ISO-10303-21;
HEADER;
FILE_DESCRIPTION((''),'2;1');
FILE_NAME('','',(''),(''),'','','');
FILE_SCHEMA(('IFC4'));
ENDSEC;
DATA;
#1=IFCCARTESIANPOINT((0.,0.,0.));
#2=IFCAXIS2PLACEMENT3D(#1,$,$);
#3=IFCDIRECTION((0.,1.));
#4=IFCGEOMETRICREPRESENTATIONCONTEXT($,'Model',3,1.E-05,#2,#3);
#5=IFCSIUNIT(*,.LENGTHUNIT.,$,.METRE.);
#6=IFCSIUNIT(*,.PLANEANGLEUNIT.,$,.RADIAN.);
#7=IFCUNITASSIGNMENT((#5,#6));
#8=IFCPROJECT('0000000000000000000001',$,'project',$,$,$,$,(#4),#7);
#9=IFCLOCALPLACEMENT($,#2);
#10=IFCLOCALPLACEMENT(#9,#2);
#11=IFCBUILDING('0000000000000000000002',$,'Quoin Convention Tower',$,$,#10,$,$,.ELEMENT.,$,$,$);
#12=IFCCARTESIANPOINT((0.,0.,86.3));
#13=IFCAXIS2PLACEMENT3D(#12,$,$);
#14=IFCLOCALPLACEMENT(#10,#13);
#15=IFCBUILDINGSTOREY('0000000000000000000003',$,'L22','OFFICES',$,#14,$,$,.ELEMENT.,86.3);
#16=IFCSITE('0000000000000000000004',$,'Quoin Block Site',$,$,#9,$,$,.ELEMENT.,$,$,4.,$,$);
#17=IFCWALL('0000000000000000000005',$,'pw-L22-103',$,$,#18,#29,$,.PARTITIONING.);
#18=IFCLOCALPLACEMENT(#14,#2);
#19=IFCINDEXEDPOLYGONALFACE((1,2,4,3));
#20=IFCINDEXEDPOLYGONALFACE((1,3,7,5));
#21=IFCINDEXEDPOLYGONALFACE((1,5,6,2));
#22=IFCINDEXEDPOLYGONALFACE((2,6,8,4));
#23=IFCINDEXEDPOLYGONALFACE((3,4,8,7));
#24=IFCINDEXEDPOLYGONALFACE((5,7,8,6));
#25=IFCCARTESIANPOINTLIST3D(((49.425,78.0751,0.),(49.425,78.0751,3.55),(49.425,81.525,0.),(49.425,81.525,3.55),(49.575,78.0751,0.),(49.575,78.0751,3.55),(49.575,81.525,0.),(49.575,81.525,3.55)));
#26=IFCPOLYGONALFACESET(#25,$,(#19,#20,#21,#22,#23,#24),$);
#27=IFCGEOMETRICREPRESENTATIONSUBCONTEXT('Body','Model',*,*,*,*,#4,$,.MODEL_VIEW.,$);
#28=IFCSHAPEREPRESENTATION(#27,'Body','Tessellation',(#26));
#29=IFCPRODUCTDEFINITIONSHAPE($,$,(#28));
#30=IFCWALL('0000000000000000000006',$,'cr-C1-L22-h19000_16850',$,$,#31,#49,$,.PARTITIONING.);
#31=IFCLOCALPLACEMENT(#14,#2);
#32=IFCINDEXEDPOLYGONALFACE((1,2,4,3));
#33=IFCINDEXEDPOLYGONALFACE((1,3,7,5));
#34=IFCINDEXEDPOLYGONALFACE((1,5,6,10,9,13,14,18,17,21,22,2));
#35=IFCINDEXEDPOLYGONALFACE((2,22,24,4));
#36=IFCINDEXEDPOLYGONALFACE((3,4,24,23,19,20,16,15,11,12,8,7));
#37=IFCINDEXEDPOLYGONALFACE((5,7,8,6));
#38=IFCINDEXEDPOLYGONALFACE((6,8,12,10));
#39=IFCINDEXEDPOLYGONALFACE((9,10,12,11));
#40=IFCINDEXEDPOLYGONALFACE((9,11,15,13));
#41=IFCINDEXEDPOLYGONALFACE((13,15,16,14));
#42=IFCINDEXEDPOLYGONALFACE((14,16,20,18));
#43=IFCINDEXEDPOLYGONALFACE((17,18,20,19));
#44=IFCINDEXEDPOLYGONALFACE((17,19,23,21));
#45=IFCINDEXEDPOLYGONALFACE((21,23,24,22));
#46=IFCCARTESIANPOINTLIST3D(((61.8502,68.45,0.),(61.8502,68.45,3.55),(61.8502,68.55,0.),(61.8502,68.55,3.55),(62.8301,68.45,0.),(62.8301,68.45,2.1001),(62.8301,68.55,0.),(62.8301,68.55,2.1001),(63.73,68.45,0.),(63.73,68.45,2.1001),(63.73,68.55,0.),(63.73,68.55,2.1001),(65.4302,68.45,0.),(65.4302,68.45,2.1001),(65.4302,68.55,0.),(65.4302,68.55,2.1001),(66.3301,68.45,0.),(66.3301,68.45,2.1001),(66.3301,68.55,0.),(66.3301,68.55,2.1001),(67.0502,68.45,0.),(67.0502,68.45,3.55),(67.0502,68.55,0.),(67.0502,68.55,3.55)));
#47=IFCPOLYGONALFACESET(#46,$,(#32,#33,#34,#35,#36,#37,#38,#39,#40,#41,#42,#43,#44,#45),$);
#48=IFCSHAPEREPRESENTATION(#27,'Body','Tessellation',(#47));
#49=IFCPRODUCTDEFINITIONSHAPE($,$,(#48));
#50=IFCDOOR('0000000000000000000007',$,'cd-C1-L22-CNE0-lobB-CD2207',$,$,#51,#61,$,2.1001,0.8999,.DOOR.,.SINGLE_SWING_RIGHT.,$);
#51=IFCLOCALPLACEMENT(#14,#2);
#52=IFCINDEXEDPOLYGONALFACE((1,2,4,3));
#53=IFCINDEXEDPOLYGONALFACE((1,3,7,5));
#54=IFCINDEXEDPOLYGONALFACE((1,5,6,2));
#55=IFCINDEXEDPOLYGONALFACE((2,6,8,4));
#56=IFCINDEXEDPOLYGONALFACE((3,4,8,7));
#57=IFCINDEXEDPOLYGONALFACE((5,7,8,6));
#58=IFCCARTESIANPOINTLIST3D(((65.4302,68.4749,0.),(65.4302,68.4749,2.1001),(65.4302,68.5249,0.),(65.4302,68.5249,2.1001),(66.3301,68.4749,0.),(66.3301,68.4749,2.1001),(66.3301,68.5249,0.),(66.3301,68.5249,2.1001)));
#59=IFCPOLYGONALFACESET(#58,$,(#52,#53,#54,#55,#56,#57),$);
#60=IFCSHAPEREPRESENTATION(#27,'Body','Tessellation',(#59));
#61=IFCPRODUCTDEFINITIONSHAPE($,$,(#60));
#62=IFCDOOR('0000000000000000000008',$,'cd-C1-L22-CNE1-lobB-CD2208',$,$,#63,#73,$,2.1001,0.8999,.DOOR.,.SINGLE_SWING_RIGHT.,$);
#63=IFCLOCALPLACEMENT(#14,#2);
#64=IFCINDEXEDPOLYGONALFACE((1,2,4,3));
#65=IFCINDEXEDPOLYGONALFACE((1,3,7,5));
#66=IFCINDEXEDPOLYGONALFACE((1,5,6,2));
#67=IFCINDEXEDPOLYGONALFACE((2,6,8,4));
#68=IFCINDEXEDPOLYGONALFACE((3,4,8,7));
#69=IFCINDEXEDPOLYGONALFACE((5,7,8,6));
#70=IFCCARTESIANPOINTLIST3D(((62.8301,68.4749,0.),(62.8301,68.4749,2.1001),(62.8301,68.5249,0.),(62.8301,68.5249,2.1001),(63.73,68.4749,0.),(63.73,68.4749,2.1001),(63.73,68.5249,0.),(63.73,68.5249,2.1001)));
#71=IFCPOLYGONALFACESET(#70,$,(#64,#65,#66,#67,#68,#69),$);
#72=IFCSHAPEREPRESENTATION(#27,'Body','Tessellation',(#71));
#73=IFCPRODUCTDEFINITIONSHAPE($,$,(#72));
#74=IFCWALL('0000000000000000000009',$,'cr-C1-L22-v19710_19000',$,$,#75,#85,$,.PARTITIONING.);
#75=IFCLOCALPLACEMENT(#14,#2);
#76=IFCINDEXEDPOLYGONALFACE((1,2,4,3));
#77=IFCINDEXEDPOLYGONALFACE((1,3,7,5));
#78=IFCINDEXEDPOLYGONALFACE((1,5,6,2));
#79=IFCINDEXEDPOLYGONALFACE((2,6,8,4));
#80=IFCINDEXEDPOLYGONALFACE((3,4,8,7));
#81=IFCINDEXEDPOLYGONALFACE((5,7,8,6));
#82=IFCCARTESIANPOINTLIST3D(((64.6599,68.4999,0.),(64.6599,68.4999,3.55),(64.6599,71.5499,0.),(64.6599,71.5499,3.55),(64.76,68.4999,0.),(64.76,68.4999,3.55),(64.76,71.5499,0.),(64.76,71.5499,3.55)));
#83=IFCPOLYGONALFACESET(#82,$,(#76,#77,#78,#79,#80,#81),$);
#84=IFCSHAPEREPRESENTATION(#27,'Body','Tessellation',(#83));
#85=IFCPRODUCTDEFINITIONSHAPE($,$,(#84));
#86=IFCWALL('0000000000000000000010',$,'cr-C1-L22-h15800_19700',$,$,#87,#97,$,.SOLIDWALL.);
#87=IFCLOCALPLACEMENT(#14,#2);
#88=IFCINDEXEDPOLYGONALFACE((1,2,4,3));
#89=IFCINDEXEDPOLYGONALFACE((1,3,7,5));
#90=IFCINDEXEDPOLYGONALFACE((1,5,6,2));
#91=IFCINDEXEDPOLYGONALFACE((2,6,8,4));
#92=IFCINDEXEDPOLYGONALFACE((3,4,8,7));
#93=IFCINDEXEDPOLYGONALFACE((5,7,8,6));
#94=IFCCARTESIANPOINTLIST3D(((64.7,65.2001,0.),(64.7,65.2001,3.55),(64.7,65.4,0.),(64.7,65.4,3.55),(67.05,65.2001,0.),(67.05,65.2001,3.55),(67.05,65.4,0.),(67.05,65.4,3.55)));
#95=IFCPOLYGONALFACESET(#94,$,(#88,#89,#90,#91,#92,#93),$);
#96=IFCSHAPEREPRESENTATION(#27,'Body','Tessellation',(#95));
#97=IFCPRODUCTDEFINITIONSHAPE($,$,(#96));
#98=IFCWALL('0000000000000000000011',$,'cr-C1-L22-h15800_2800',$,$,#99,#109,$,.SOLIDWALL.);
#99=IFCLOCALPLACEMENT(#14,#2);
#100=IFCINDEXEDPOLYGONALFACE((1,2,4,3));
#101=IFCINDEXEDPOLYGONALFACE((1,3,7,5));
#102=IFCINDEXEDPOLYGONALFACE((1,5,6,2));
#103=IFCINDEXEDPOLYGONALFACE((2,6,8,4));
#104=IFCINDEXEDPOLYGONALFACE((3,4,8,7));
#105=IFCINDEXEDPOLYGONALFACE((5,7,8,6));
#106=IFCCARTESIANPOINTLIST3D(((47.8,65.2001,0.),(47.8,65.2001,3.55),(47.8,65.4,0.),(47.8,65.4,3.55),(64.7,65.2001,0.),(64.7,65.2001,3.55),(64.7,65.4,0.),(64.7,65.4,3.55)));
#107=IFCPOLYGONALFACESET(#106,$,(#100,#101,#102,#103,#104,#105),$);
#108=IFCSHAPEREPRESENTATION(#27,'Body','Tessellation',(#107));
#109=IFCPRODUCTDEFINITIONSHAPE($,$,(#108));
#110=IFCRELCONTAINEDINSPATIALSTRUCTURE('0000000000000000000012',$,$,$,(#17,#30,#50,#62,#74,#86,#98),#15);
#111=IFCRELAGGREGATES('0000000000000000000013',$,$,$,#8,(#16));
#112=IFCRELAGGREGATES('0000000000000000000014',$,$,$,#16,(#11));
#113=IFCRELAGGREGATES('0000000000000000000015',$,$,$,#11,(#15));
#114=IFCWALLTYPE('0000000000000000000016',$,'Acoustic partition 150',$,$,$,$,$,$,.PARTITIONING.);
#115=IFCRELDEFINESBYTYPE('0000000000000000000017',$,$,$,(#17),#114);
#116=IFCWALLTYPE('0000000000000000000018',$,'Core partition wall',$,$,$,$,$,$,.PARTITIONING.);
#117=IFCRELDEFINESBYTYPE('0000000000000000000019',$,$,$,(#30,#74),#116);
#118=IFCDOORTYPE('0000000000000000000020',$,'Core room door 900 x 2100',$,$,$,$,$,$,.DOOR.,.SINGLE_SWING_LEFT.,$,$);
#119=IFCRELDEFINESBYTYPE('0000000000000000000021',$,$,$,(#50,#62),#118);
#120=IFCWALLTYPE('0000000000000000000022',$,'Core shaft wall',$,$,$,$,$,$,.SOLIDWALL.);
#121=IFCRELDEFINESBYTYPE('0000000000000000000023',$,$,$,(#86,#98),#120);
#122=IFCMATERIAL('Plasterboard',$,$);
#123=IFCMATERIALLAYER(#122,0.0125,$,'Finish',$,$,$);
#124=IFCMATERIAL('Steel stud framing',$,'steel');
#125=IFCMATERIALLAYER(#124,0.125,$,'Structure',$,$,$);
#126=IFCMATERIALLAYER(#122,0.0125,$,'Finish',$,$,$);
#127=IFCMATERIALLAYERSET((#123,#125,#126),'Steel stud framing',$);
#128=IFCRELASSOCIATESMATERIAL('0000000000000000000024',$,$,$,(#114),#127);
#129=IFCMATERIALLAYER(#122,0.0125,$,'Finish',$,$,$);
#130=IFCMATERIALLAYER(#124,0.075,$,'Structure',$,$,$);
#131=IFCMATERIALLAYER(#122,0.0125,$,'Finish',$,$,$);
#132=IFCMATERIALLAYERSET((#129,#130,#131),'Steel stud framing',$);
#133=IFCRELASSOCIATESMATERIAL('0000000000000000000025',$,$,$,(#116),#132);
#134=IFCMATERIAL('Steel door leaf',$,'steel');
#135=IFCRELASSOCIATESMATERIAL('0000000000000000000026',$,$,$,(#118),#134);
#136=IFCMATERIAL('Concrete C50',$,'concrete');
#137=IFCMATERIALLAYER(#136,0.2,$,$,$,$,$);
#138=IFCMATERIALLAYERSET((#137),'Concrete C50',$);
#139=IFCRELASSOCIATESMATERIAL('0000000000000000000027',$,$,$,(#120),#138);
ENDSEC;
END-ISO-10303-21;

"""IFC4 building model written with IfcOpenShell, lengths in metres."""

from ifc_helpers import new_model, si_unit, direction, frame, frame_2d, origin, place, context, subcontext, project, spatial, rectangle, extrude, material, layer, layer_set, type_object, element, fill, save


model = new_model("IFC4")

# Units and contexts
model_context = context("Model", 3, precision=1e-05, world=origin(), true_north=direction((0.0, 1.0)))
body_context = subcontext(model_context, "Body", "Model", "MODEL_VIEW")
ifc_project = project(units=[si_unit("LENGTHUNIT", "METRE"), si_unit("PLANEANGLEUNIT", "RADIAN")], contexts=[model_context])

# Site, building, storey
site_placement = place(None, origin())
site = spatial("IfcSite", under=ifc_project, at=site_placement, Name="Quoin Block Site", CompositionType="ELEMENT", RefElevation=4.0)
building_placement = place(site_placement, origin())
building = spatial("IfcBuilding", under=site, at=building_placement, Name="Quoin Convention Tower", CompositionType="ELEMENT")
storey_placement = place(building_placement, frame((0.0, 0.0, 86.3)))
storey = spatial("IfcBuildingStorey", under=building, at=storey_placement, Name="L22", Description="OFFICES", CompositionType="ELEMENT", Elevation=86.3)

# Wall
ifc_material_1 = material(Name="Plasterboard")
ifc_layer_1 = layer(ifc_material_1, 0.0125, Name="Finish")
ifc_material_2 = material(Name="Steel stud framing", Category="steel")
ifc_layer_2 = layer(ifc_material_2, 0.125, Name="Structure")
ifc_layer_3 = layer(ifc_material_1, 0.0125, Name="Finish")
ifc_layer_set_1 = layer_set([ifc_layer_1, ifc_layer_2, ifc_layer_3], Name="Steel stud framing")
wall_type_1 = type_object("IfcWallType", Name="Acoustic partition 150", PredefinedType="PARTITIONING", material=ifc_layer_set_1)
wall_1_placement = place(storey_placement, frame((49.5, 78.075, 0.0), z_axis=(0.0, 0.0, 1.0), x_axis=(0.0, 1.0, 0.0)))
element("IfcWall", 1, at=wall_1_placement, inside=storey, type_object=wall_type_1, Name="pw-L22-103", PredefinedType="PARTITIONING", context=body_context, shape_type="SweptSolid", body=[
    extrude(rectangle(XDim=3.45, YDim=0.1499, at=frame_2d((1.7251, 0.0))), origin(), (0.0, 0.0, 1.0), 3.55),
])

# Wall, openings, doors
ifc_layer_4 = layer(ifc_material_1, 0.0125, Name="Finish")
ifc_layer_5 = layer(ifc_material_2, 0.075, Name="Structure")
ifc_layer_6 = layer(ifc_material_1, 0.0125, Name="Finish")
ifc_layer_set_2 = layer_set([ifc_layer_4, ifc_layer_5, ifc_layer_6], Name="Steel stud framing")
wall_type_2 = type_object("IfcWallType", Name="Core partition wall", PredefinedType="PARTITIONING", material=ifc_layer_set_2)
wall_2_placement = place(storey_placement, frame((61.8501, 68.5, 0.0), z_axis=(0.0, 0.0, 1.0), x_axis=(1.0, 0.0, 0.0)))
wall_2 = element("IfcWall", 2, at=wall_2_placement, inside=storey, type_object=wall_type_2, Name="cr-C1-L22-h19000_16850", PredefinedType="PARTITIONING", context=body_context, shape_type="SweptSolid", body=[
    extrude(rectangle(XDim=5.2, YDim=0.1001, at=frame_2d((2.6001, 0.0))), origin(), (0.0, 0.0, 1.0), 3.55),
])
opening_1_placement = place(wall_2_placement, frame((3.5801, 0.0, 0.0)))
opening_1 = element("IfcOpeningElement", 3, at=opening_1_placement, cuts=wall_2, PredefinedType="OPENING", context=body_context, shape_type="SweptSolid", body=[
    extrude(rectangle(XDim=0.8999, YDim=2.1001, at=frame_2d((0.45, 1.05))), frame((0.0, 0.0601, 0.0), z_axis=(0.0, -1.0, 0.0), x_axis=(1.0, 0.0, 0.0)), (0.0, 0.0, 1.0), 0.1201),
])
opening_2_placement = place(wall_2_placement, frame((0.98, 0.0, 0.0)))
opening_2 = element("IfcOpeningElement", 4, at=opening_2_placement, cuts=wall_2, PredefinedType="OPENING", context=body_context, shape_type="SweptSolid", body=[
    extrude(rectangle(XDim=0.8999, YDim=2.1001, at=frame_2d((0.45, 1.05))), frame((0.0, 0.0601, 0.0), z_axis=(0.0, -1.0, 0.0), x_axis=(1.0, 0.0, 0.0)), (0.0, 0.0, 1.0), 0.1201),
])
ifc_material_3 = material(Name="Steel door leaf", Category="steel")
door_type_1 = type_object("IfcDoorType", Name="Core room door 900 x 2100", OperationType="SINGLE_SWING_LEFT", PredefinedType="DOOR", material=ifc_material_3)
door_1_placement = place(opening_1_placement, origin())
door_1 = element("IfcDoor", 5, at=door_1_placement, inside=storey, type_object=door_type_1, Name="cd-C1-L22-CNE0-lobB-CD2207", OperationType="SINGLE_SWING_RIGHT", OverallHeight=2.1001, OverallWidth=0.8999, PredefinedType="DOOR", context=body_context, shape_type="SweptSolid", body=[
    extrude(rectangle(XDim=0.8999, YDim=2.1001, at=frame_2d((0.45, 1.05))), frame((0.0, 0.0249, 0.0), z_axis=(0.0, -1.0, 0.0), x_axis=(1.0, 0.0, 0.0)), (0.0, 0.0, 1.0), 0.05),
])
fill(opening_1, door_1)
door_2_placement = place(opening_2_placement, origin())
door_2 = element("IfcDoor", 6, at=door_2_placement, inside=storey, type_object=door_type_1, Name="cd-C1-L22-CNE1-lobB-CD2208", OperationType="SINGLE_SWING_RIGHT", OverallHeight=2.1001, OverallWidth=0.8999, PredefinedType="DOOR", context=body_context, shape_type="SweptSolid", body=[
    extrude(rectangle(XDim=0.8999, YDim=2.1001, at=frame_2d((0.45, 1.05))), frame((0.0, 0.0249, 0.0), z_axis=(0.0, -1.0, 0.0), x_axis=(1.0, 0.0, 0.0)), (0.0, 0.0, 1.0), 0.05),
])
fill(opening_2, door_2)

# Walls
wall_3_placement = place(storey_placement, frame((64.71, 68.5, 0.0), z_axis=(0.0, 0.0, 1.0), x_axis=(0.0, 1.0, 0.0)))
element("IfcWall", 7, at=wall_3_placement, inside=storey, type_object=wall_type_2, Name="cr-C1-L22-v19710_19000", PredefinedType="PARTITIONING", context=body_context, shape_type="SweptSolid", body=[
    extrude(rectangle(XDim=3.05, YDim=0.1001, at=frame_2d((1.5249, 0.0))), origin(), (0.0, 0.0, 1.0), 3.55),
])
ifc_material_4 = material(Name="Concrete C50", Category="concrete")
ifc_layer_7 = layer(ifc_material_4, 0.2)
ifc_layer_set_3 = layer_set([ifc_layer_7], Name="Concrete C50")
wall_type_3 = type_object("IfcWallType", Name="Core shaft wall", PredefinedType="SOLIDWALL", material=ifc_layer_set_3)
wall_4_placement = place(storey_placement, frame((64.7, 65.3, 0.0), z_axis=(0.0, 0.0, 1.0), x_axis=(1.0, 0.0, 0.0)))
element("IfcWall", 8, at=wall_4_placement, inside=storey, type_object=wall_type_3, Name="cr-C1-L22-h15800_19700", PredefinedType="SOLIDWALL", context=body_context, shape_type="SweptSolid", body=[
    extrude(rectangle(XDim=2.3501, YDim=0.2, at=frame_2d((1.175, 0.0))), origin(), (0.0, 0.0, 1.0), 3.55),
])
wall_5_placement = place(storey_placement, frame((47.8, 65.3, 0.0), z_axis=(0.0, 0.0, 1.0), x_axis=(1.0, 0.0, 0.0)))
element("IfcWall", 9, at=wall_5_placement, inside=storey, type_object=wall_type_3, Name="cr-C1-L22-h15800_2800", PredefinedType="SOLIDWALL", context=body_context, shape_type="SweptSolid", body=[
    extrude(rectangle(XDim=16.8999, YDim=0.2, at=frame_2d((8.45, 0.0))), origin(), (0.0, 0.0, 1.0), 3.55),
])

save(model, "model.ifc")
